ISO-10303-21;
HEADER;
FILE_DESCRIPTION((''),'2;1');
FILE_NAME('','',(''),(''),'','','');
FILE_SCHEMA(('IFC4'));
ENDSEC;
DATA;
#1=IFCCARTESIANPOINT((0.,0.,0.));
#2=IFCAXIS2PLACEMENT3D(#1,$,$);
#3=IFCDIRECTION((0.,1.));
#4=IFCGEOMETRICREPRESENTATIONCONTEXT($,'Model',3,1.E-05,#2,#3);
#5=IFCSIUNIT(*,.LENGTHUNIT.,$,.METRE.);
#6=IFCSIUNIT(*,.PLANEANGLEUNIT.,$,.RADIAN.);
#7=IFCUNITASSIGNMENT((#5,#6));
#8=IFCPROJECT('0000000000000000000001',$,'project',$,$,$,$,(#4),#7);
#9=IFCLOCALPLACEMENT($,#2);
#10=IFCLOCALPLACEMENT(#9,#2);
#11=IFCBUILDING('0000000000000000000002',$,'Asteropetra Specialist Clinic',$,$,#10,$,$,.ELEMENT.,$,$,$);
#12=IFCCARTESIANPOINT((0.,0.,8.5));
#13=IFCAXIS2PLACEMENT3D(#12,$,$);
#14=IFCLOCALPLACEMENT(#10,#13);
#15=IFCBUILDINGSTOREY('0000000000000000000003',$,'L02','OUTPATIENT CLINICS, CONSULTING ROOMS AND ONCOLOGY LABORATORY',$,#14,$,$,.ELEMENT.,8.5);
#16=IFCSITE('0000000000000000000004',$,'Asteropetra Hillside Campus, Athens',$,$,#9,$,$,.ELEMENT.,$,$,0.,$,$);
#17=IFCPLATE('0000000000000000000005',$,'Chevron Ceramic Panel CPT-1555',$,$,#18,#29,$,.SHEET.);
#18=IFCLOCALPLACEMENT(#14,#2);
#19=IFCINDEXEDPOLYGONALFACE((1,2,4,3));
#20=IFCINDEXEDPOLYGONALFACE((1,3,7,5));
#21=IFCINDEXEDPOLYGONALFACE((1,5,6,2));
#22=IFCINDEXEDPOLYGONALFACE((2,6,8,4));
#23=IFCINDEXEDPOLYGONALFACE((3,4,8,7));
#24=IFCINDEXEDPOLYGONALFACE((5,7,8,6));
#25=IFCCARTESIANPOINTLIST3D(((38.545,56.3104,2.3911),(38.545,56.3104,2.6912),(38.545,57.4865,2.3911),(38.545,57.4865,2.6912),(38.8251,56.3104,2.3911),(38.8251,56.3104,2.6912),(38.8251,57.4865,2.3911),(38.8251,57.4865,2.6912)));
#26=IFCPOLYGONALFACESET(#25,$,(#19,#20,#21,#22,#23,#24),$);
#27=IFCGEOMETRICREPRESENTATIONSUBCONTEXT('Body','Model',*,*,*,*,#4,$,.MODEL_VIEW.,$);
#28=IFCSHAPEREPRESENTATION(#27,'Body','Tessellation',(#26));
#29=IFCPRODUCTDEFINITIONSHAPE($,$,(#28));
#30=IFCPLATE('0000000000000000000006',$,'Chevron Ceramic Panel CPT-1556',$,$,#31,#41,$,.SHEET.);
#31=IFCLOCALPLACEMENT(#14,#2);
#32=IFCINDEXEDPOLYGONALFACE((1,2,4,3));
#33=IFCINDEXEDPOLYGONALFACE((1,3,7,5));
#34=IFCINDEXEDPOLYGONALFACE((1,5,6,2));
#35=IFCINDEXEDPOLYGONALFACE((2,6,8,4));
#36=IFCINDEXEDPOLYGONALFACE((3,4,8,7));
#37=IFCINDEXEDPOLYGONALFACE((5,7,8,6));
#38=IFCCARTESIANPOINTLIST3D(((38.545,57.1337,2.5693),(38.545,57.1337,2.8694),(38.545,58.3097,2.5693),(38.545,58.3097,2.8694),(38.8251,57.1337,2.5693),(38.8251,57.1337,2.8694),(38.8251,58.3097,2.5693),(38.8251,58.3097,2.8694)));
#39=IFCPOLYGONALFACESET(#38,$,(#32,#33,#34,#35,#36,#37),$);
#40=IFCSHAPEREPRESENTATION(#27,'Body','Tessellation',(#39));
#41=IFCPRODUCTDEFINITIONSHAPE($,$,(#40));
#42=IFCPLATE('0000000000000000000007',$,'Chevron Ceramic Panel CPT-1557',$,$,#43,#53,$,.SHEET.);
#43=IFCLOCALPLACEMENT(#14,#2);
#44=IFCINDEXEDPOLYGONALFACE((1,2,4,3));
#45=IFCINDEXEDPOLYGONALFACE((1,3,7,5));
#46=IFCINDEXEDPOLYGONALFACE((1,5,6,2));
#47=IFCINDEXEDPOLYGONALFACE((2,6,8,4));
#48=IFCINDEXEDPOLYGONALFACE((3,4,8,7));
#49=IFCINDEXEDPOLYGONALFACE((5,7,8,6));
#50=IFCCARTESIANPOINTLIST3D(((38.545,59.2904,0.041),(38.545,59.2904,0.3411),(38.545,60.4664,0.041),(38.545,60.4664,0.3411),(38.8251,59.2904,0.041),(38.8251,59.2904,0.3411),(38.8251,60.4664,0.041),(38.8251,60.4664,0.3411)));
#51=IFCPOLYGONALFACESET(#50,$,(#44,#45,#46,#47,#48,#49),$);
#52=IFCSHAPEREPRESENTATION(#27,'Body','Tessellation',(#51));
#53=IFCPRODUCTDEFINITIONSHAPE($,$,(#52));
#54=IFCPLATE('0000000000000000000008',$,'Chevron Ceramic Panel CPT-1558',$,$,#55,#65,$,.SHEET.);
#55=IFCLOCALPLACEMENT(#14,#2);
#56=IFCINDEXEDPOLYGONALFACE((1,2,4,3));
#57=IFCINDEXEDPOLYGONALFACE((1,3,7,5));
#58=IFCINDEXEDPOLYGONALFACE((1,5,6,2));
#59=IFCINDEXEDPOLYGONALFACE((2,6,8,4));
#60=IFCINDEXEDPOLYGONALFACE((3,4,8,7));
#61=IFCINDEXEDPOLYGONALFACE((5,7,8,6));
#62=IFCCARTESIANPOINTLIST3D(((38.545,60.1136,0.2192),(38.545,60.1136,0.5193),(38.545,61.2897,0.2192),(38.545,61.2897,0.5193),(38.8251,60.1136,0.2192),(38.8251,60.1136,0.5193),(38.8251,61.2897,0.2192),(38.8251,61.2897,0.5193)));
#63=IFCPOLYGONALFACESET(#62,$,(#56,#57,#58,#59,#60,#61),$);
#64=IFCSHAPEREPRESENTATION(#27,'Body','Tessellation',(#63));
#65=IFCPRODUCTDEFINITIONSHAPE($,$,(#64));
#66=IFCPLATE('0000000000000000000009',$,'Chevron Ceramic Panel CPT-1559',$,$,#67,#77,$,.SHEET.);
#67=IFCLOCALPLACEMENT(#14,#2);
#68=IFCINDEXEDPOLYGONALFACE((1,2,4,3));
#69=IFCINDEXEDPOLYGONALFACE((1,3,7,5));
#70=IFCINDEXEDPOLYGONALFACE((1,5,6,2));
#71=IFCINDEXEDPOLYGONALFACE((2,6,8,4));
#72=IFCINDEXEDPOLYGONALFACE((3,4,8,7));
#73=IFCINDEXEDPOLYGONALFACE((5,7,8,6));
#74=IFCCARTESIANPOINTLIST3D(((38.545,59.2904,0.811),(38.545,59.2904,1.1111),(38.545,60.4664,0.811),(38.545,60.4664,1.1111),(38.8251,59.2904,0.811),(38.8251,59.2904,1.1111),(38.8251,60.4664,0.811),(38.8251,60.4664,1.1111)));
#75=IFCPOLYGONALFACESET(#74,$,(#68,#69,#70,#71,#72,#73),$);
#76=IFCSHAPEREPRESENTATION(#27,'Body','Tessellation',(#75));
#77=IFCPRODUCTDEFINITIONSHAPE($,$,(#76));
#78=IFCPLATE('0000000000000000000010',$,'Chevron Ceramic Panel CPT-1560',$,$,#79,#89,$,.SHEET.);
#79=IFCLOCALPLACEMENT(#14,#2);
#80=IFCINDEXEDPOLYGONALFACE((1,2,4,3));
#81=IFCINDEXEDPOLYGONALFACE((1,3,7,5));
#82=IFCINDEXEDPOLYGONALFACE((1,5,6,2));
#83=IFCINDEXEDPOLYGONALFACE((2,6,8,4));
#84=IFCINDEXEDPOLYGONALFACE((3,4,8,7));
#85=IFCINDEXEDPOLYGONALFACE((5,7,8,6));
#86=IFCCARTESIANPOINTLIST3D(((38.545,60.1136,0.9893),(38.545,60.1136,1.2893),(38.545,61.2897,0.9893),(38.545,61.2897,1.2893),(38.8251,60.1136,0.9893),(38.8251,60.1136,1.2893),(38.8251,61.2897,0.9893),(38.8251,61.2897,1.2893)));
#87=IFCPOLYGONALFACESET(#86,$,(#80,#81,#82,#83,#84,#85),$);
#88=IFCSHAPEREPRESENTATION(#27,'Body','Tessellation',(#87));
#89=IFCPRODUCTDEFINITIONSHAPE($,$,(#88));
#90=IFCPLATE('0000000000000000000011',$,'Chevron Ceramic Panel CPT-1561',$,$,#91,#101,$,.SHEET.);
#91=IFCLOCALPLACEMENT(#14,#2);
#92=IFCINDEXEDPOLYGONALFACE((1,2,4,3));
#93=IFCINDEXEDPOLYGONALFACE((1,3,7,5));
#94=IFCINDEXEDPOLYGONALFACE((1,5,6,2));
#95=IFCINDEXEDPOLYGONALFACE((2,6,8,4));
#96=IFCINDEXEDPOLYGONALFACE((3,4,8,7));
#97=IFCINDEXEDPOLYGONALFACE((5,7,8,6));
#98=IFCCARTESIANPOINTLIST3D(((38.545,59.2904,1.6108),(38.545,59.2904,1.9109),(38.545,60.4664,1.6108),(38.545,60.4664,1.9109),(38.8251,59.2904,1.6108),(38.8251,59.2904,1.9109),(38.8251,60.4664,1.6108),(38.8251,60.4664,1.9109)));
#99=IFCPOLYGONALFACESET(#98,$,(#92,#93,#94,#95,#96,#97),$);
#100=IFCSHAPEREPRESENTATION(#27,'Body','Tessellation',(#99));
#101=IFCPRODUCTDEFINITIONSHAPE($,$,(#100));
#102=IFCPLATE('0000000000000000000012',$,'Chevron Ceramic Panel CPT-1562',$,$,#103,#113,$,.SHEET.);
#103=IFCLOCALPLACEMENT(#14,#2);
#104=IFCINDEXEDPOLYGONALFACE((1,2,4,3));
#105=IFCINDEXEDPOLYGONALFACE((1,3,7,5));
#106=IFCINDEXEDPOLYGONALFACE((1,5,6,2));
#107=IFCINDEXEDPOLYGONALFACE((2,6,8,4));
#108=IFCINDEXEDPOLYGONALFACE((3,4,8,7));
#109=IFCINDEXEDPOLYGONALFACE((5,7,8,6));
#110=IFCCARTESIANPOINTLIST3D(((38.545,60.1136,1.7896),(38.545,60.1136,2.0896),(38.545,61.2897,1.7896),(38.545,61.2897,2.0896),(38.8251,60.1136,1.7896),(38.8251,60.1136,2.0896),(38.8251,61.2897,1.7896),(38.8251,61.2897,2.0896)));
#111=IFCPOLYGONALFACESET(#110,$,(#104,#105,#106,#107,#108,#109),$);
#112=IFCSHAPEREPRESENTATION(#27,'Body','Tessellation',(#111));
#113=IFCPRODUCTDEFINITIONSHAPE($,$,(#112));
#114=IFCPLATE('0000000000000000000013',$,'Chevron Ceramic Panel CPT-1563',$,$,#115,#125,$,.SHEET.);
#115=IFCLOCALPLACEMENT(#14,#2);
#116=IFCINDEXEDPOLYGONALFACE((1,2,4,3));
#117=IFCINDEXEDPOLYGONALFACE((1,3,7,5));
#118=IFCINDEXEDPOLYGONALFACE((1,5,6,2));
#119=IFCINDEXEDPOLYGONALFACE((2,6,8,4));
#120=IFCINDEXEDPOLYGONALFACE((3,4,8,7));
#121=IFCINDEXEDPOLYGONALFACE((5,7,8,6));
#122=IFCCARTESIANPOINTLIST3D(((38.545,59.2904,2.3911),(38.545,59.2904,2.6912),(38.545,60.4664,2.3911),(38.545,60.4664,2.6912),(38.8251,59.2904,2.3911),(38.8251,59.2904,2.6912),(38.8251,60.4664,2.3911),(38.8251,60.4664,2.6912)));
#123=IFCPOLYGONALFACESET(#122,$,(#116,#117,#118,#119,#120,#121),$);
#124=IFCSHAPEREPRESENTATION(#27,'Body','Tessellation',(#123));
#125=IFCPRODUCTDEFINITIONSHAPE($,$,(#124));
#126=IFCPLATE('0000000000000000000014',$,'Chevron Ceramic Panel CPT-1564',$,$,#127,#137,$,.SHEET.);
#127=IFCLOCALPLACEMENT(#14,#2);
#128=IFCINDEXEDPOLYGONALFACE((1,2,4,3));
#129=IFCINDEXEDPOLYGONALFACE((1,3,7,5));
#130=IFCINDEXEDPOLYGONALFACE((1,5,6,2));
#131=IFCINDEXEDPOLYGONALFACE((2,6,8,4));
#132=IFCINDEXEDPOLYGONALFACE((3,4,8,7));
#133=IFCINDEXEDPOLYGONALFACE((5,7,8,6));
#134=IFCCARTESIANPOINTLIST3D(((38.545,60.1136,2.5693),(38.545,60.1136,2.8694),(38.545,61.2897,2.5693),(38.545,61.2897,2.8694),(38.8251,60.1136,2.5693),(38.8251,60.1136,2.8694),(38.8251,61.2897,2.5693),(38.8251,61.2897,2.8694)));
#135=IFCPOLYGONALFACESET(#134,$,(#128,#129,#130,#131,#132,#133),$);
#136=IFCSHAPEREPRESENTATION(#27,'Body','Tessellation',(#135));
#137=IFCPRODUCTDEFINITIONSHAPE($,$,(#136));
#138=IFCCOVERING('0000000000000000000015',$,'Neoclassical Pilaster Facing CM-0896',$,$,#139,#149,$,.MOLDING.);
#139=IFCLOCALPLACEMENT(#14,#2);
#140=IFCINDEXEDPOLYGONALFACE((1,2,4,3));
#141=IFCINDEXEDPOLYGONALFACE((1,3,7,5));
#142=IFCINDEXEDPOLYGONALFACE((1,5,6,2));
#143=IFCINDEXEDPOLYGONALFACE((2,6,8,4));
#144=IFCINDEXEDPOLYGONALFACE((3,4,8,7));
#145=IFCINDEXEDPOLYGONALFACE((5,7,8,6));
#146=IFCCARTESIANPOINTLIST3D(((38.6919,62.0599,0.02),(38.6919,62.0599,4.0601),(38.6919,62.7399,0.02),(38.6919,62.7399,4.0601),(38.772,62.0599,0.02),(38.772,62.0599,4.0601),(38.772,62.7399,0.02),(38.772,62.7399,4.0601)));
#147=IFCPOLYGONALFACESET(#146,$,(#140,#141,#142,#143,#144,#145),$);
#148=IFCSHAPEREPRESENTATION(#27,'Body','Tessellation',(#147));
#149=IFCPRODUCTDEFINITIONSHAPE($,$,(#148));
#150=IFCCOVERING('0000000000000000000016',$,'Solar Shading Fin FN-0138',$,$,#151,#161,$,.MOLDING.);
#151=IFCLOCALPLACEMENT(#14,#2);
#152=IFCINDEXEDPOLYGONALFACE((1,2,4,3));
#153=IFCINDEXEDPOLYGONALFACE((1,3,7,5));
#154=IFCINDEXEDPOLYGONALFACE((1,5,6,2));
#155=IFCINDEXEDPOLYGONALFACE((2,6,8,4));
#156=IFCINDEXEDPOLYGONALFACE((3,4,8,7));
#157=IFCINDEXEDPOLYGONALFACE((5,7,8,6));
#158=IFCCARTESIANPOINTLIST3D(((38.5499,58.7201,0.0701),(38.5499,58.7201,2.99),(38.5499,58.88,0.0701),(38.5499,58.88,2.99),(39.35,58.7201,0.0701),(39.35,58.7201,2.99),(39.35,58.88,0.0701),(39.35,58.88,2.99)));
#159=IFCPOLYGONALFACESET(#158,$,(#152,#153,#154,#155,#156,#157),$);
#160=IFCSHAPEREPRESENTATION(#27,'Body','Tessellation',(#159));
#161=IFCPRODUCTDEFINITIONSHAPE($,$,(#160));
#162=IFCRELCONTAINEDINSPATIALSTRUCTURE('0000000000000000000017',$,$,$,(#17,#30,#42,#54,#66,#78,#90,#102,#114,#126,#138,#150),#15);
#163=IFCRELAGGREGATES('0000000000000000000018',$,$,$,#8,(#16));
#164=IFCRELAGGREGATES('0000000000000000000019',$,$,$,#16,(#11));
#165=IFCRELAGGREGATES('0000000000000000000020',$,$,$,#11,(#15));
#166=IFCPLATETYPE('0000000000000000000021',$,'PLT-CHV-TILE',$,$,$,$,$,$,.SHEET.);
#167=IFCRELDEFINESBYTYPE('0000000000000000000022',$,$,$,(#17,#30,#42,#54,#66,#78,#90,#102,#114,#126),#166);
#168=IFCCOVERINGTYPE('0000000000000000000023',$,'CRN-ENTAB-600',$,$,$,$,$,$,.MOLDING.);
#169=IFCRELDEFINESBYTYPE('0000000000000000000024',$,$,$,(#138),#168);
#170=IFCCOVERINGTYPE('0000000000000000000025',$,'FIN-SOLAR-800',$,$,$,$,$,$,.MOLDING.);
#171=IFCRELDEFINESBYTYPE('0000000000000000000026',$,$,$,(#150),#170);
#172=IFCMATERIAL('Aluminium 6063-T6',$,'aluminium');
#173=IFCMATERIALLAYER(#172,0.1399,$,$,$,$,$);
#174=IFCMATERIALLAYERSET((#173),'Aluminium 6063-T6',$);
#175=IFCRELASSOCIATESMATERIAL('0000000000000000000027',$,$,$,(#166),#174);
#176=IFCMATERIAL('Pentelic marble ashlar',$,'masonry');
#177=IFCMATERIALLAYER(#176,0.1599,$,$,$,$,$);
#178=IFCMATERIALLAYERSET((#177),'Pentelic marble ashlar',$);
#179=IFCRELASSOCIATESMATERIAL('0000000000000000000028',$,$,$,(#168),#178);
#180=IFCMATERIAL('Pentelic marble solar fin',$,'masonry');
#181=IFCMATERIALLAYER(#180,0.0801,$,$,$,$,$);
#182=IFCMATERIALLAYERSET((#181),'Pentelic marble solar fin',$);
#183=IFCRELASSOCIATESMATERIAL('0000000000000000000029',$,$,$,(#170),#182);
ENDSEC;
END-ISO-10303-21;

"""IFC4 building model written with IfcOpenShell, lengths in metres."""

from ifc_helpers import new_model, si_unit, direction, frame, origin, origin_2d, place, context, subcontext, project, spatial, rectangle, extrude, material, layer, layer_set, type_object, element, save


model = new_model("IFC4")

# Units and contexts
model_context = context("Model", 3, precision=1e-05, world=origin(), true_north=direction((0.0, 1.0)))
body_context = subcontext(model_context, "Body", "Model", "MODEL_VIEW")
ifc_project = project(units=[si_unit("LENGTHUNIT", "METRE"), si_unit("PLANEANGLEUNIT", "RADIAN")], contexts=[model_context])

# Site, building, storey
site_placement = place(None, origin())
site = spatial("IfcSite", under=ifc_project, at=site_placement, Name="Asteropetra Hillside Campus, Athens", CompositionType="ELEMENT", RefElevation=0.0)
building_placement = place(site_placement, origin())
building = spatial("IfcBuilding", under=site, at=building_placement, Name="Asteropetra Specialist Clinic", CompositionType="ELEMENT")
storey_placement = place(building_placement, frame((0.0, 0.0, 8.5)))
storey = spatial("IfcBuildingStorey", under=building, at=storey_placement, Name="L02", Description="OUTPATIENT CLINICS, CONSULTING ROOMS AND ONCOLOGY LABORATORY", CompositionType="ELEMENT", Elevation=8.5)

# Plates
ifc_material_1 = material(Name="Aluminium 6063-T6", Category="aluminium")
ifc_layer_1 = layer(ifc_material_1, 0.1399)
ifc_layer_set_1 = layer_set([ifc_layer_1], Name="Aluminium 6063-T6")
plate_type_1 = type_object("IfcPlateType", Name="PLT-CHV-TILE", PredefinedType="SHEET", material=ifc_layer_set_1)
for number, where, z_axis, x_axis, name in (
    (1, (38.6851, 56.8984, 2.3911), (0.0, 0.0, 1.0), (1.0, 0.0, 0.0), "Chevron Ceramic Panel CPT-1555"),
    (2, (38.6851, 57.7217, 2.5693), (0.0, 0.0, 1.0), (1.0, 0.0, 0.0), "Chevron Ceramic Panel CPT-1556"),
    (3, (38.6851, 59.8784, 0.041), (0.0, 0.0, 1.0), (1.0, 0.0, 0.0), "Chevron Ceramic Panel CPT-1557"),
    (4, (38.6851, 60.7017, 0.2192), (0.0, 0.0, 1.0), (1.0, 0.0, 0.0), "Chevron Ceramic Panel CPT-1558"),
    (5, (38.6851, 59.8784, 0.811), (0.0, 0.0, 1.0), (1.0, 0.0, 0.0), "Chevron Ceramic Panel CPT-1559"),
    (6, (38.6851, 60.7017, 0.9893), (0.0, 0.0, 1.0), (1.0, 0.0, 0.0), "Chevron Ceramic Panel CPT-1560"),
    (7, (38.6851, 59.8784, 1.6108), (0.0, 0.0, 1.0), (1.0, 0.0, 0.0), "Chevron Ceramic Panel CPT-1561"),
    (8, (38.6851, 60.7017, 1.7896), (0.0, 0.0, 1.0), (1.0, 0.0, 0.0), "Chevron Ceramic Panel CPT-1562"),
    (9, (38.6851, 59.8784, 2.3911), (0.0, 0.0, 1.0), (1.0, 0.0, 0.0), "Chevron Ceramic Panel CPT-1563"),
    (10, (38.6851, 60.7017, 2.5693), (0.0, 0.0, 1.0), (1.0, 0.0, 0.0), "Chevron Ceramic Panel CPT-1564"),
):
    element("IfcPlate", number, at=place(storey_placement, frame(where, z_axis=z_axis, x_axis=x_axis)), inside=storey, type_object=plate_type_1, Name=name, PredefinedType="SHEET", context=body_context, shape_type="SweptSolid", body=[
        extrude(rectangle(XDim=0.28, YDim=1.176, at=origin_2d()), origin(), (0.0, 0.0, 1.0), 0.3),
    ])

# Coverings
ifc_material_2 = material(Name="Pentelic marble ashlar", Category="masonry")
ifc_layer_2 = layer(ifc_material_2, 0.1599)
ifc_layer_set_2 = layer_set([ifc_layer_2], Name="Pentelic marble ashlar")
covering_type_1 = type_object("IfcCoveringType", Name="CRN-ENTAB-600", PredefinedType="MOLDING", material=ifc_layer_set_2)
covering_1_placement = place(storey_placement, frame((38.7319, 62.3999, 0.02), z_axis=(0.0, 0.0, 1.0), x_axis=(1.0, 0.0, 0.0)))
element("IfcCovering", 11, at=covering_1_placement, inside=storey, type_object=covering_type_1, Name="Neoclassical Pilaster Facing CM-0896", PredefinedType="MOLDING", context=body_context, shape_type="SweptSolid", body=[
    extrude(rectangle(XDim=0.0801, YDim=0.6799, at=origin_2d()), origin(), (0.0, 0.0, 1.0), 4.04),
])
ifc_material_3 = material(Name="Pentelic marble solar fin", Category="masonry")
ifc_layer_3 = layer(ifc_material_3, 0.0801)
ifc_layer_set_3 = layer_set([ifc_layer_3], Name="Pentelic marble solar fin")
covering_type_2 = type_object("IfcCoveringType", Name="FIN-SOLAR-800", PredefinedType="MOLDING", material=ifc_layer_set_3)
covering_2_placement = place(storey_placement, frame((38.95, 58.8, 0.0701), z_axis=(0.0, 0.0, 1.0), x_axis=(1.0, 0.0, 0.0)))
element("IfcCovering", 12, at=covering_2_placement, inside=storey, type_object=covering_type_2, Name="Solar Shading Fin FN-0138", PredefinedType="MOLDING", context=body_context, shape_type="SweptSolid", body=[
    extrude(rectangle(XDim=0.8, YDim=0.1599, at=origin_2d()), origin(), (0.0, 0.0, 1.0), 2.9199),
])

save(model, "model.ifc")
